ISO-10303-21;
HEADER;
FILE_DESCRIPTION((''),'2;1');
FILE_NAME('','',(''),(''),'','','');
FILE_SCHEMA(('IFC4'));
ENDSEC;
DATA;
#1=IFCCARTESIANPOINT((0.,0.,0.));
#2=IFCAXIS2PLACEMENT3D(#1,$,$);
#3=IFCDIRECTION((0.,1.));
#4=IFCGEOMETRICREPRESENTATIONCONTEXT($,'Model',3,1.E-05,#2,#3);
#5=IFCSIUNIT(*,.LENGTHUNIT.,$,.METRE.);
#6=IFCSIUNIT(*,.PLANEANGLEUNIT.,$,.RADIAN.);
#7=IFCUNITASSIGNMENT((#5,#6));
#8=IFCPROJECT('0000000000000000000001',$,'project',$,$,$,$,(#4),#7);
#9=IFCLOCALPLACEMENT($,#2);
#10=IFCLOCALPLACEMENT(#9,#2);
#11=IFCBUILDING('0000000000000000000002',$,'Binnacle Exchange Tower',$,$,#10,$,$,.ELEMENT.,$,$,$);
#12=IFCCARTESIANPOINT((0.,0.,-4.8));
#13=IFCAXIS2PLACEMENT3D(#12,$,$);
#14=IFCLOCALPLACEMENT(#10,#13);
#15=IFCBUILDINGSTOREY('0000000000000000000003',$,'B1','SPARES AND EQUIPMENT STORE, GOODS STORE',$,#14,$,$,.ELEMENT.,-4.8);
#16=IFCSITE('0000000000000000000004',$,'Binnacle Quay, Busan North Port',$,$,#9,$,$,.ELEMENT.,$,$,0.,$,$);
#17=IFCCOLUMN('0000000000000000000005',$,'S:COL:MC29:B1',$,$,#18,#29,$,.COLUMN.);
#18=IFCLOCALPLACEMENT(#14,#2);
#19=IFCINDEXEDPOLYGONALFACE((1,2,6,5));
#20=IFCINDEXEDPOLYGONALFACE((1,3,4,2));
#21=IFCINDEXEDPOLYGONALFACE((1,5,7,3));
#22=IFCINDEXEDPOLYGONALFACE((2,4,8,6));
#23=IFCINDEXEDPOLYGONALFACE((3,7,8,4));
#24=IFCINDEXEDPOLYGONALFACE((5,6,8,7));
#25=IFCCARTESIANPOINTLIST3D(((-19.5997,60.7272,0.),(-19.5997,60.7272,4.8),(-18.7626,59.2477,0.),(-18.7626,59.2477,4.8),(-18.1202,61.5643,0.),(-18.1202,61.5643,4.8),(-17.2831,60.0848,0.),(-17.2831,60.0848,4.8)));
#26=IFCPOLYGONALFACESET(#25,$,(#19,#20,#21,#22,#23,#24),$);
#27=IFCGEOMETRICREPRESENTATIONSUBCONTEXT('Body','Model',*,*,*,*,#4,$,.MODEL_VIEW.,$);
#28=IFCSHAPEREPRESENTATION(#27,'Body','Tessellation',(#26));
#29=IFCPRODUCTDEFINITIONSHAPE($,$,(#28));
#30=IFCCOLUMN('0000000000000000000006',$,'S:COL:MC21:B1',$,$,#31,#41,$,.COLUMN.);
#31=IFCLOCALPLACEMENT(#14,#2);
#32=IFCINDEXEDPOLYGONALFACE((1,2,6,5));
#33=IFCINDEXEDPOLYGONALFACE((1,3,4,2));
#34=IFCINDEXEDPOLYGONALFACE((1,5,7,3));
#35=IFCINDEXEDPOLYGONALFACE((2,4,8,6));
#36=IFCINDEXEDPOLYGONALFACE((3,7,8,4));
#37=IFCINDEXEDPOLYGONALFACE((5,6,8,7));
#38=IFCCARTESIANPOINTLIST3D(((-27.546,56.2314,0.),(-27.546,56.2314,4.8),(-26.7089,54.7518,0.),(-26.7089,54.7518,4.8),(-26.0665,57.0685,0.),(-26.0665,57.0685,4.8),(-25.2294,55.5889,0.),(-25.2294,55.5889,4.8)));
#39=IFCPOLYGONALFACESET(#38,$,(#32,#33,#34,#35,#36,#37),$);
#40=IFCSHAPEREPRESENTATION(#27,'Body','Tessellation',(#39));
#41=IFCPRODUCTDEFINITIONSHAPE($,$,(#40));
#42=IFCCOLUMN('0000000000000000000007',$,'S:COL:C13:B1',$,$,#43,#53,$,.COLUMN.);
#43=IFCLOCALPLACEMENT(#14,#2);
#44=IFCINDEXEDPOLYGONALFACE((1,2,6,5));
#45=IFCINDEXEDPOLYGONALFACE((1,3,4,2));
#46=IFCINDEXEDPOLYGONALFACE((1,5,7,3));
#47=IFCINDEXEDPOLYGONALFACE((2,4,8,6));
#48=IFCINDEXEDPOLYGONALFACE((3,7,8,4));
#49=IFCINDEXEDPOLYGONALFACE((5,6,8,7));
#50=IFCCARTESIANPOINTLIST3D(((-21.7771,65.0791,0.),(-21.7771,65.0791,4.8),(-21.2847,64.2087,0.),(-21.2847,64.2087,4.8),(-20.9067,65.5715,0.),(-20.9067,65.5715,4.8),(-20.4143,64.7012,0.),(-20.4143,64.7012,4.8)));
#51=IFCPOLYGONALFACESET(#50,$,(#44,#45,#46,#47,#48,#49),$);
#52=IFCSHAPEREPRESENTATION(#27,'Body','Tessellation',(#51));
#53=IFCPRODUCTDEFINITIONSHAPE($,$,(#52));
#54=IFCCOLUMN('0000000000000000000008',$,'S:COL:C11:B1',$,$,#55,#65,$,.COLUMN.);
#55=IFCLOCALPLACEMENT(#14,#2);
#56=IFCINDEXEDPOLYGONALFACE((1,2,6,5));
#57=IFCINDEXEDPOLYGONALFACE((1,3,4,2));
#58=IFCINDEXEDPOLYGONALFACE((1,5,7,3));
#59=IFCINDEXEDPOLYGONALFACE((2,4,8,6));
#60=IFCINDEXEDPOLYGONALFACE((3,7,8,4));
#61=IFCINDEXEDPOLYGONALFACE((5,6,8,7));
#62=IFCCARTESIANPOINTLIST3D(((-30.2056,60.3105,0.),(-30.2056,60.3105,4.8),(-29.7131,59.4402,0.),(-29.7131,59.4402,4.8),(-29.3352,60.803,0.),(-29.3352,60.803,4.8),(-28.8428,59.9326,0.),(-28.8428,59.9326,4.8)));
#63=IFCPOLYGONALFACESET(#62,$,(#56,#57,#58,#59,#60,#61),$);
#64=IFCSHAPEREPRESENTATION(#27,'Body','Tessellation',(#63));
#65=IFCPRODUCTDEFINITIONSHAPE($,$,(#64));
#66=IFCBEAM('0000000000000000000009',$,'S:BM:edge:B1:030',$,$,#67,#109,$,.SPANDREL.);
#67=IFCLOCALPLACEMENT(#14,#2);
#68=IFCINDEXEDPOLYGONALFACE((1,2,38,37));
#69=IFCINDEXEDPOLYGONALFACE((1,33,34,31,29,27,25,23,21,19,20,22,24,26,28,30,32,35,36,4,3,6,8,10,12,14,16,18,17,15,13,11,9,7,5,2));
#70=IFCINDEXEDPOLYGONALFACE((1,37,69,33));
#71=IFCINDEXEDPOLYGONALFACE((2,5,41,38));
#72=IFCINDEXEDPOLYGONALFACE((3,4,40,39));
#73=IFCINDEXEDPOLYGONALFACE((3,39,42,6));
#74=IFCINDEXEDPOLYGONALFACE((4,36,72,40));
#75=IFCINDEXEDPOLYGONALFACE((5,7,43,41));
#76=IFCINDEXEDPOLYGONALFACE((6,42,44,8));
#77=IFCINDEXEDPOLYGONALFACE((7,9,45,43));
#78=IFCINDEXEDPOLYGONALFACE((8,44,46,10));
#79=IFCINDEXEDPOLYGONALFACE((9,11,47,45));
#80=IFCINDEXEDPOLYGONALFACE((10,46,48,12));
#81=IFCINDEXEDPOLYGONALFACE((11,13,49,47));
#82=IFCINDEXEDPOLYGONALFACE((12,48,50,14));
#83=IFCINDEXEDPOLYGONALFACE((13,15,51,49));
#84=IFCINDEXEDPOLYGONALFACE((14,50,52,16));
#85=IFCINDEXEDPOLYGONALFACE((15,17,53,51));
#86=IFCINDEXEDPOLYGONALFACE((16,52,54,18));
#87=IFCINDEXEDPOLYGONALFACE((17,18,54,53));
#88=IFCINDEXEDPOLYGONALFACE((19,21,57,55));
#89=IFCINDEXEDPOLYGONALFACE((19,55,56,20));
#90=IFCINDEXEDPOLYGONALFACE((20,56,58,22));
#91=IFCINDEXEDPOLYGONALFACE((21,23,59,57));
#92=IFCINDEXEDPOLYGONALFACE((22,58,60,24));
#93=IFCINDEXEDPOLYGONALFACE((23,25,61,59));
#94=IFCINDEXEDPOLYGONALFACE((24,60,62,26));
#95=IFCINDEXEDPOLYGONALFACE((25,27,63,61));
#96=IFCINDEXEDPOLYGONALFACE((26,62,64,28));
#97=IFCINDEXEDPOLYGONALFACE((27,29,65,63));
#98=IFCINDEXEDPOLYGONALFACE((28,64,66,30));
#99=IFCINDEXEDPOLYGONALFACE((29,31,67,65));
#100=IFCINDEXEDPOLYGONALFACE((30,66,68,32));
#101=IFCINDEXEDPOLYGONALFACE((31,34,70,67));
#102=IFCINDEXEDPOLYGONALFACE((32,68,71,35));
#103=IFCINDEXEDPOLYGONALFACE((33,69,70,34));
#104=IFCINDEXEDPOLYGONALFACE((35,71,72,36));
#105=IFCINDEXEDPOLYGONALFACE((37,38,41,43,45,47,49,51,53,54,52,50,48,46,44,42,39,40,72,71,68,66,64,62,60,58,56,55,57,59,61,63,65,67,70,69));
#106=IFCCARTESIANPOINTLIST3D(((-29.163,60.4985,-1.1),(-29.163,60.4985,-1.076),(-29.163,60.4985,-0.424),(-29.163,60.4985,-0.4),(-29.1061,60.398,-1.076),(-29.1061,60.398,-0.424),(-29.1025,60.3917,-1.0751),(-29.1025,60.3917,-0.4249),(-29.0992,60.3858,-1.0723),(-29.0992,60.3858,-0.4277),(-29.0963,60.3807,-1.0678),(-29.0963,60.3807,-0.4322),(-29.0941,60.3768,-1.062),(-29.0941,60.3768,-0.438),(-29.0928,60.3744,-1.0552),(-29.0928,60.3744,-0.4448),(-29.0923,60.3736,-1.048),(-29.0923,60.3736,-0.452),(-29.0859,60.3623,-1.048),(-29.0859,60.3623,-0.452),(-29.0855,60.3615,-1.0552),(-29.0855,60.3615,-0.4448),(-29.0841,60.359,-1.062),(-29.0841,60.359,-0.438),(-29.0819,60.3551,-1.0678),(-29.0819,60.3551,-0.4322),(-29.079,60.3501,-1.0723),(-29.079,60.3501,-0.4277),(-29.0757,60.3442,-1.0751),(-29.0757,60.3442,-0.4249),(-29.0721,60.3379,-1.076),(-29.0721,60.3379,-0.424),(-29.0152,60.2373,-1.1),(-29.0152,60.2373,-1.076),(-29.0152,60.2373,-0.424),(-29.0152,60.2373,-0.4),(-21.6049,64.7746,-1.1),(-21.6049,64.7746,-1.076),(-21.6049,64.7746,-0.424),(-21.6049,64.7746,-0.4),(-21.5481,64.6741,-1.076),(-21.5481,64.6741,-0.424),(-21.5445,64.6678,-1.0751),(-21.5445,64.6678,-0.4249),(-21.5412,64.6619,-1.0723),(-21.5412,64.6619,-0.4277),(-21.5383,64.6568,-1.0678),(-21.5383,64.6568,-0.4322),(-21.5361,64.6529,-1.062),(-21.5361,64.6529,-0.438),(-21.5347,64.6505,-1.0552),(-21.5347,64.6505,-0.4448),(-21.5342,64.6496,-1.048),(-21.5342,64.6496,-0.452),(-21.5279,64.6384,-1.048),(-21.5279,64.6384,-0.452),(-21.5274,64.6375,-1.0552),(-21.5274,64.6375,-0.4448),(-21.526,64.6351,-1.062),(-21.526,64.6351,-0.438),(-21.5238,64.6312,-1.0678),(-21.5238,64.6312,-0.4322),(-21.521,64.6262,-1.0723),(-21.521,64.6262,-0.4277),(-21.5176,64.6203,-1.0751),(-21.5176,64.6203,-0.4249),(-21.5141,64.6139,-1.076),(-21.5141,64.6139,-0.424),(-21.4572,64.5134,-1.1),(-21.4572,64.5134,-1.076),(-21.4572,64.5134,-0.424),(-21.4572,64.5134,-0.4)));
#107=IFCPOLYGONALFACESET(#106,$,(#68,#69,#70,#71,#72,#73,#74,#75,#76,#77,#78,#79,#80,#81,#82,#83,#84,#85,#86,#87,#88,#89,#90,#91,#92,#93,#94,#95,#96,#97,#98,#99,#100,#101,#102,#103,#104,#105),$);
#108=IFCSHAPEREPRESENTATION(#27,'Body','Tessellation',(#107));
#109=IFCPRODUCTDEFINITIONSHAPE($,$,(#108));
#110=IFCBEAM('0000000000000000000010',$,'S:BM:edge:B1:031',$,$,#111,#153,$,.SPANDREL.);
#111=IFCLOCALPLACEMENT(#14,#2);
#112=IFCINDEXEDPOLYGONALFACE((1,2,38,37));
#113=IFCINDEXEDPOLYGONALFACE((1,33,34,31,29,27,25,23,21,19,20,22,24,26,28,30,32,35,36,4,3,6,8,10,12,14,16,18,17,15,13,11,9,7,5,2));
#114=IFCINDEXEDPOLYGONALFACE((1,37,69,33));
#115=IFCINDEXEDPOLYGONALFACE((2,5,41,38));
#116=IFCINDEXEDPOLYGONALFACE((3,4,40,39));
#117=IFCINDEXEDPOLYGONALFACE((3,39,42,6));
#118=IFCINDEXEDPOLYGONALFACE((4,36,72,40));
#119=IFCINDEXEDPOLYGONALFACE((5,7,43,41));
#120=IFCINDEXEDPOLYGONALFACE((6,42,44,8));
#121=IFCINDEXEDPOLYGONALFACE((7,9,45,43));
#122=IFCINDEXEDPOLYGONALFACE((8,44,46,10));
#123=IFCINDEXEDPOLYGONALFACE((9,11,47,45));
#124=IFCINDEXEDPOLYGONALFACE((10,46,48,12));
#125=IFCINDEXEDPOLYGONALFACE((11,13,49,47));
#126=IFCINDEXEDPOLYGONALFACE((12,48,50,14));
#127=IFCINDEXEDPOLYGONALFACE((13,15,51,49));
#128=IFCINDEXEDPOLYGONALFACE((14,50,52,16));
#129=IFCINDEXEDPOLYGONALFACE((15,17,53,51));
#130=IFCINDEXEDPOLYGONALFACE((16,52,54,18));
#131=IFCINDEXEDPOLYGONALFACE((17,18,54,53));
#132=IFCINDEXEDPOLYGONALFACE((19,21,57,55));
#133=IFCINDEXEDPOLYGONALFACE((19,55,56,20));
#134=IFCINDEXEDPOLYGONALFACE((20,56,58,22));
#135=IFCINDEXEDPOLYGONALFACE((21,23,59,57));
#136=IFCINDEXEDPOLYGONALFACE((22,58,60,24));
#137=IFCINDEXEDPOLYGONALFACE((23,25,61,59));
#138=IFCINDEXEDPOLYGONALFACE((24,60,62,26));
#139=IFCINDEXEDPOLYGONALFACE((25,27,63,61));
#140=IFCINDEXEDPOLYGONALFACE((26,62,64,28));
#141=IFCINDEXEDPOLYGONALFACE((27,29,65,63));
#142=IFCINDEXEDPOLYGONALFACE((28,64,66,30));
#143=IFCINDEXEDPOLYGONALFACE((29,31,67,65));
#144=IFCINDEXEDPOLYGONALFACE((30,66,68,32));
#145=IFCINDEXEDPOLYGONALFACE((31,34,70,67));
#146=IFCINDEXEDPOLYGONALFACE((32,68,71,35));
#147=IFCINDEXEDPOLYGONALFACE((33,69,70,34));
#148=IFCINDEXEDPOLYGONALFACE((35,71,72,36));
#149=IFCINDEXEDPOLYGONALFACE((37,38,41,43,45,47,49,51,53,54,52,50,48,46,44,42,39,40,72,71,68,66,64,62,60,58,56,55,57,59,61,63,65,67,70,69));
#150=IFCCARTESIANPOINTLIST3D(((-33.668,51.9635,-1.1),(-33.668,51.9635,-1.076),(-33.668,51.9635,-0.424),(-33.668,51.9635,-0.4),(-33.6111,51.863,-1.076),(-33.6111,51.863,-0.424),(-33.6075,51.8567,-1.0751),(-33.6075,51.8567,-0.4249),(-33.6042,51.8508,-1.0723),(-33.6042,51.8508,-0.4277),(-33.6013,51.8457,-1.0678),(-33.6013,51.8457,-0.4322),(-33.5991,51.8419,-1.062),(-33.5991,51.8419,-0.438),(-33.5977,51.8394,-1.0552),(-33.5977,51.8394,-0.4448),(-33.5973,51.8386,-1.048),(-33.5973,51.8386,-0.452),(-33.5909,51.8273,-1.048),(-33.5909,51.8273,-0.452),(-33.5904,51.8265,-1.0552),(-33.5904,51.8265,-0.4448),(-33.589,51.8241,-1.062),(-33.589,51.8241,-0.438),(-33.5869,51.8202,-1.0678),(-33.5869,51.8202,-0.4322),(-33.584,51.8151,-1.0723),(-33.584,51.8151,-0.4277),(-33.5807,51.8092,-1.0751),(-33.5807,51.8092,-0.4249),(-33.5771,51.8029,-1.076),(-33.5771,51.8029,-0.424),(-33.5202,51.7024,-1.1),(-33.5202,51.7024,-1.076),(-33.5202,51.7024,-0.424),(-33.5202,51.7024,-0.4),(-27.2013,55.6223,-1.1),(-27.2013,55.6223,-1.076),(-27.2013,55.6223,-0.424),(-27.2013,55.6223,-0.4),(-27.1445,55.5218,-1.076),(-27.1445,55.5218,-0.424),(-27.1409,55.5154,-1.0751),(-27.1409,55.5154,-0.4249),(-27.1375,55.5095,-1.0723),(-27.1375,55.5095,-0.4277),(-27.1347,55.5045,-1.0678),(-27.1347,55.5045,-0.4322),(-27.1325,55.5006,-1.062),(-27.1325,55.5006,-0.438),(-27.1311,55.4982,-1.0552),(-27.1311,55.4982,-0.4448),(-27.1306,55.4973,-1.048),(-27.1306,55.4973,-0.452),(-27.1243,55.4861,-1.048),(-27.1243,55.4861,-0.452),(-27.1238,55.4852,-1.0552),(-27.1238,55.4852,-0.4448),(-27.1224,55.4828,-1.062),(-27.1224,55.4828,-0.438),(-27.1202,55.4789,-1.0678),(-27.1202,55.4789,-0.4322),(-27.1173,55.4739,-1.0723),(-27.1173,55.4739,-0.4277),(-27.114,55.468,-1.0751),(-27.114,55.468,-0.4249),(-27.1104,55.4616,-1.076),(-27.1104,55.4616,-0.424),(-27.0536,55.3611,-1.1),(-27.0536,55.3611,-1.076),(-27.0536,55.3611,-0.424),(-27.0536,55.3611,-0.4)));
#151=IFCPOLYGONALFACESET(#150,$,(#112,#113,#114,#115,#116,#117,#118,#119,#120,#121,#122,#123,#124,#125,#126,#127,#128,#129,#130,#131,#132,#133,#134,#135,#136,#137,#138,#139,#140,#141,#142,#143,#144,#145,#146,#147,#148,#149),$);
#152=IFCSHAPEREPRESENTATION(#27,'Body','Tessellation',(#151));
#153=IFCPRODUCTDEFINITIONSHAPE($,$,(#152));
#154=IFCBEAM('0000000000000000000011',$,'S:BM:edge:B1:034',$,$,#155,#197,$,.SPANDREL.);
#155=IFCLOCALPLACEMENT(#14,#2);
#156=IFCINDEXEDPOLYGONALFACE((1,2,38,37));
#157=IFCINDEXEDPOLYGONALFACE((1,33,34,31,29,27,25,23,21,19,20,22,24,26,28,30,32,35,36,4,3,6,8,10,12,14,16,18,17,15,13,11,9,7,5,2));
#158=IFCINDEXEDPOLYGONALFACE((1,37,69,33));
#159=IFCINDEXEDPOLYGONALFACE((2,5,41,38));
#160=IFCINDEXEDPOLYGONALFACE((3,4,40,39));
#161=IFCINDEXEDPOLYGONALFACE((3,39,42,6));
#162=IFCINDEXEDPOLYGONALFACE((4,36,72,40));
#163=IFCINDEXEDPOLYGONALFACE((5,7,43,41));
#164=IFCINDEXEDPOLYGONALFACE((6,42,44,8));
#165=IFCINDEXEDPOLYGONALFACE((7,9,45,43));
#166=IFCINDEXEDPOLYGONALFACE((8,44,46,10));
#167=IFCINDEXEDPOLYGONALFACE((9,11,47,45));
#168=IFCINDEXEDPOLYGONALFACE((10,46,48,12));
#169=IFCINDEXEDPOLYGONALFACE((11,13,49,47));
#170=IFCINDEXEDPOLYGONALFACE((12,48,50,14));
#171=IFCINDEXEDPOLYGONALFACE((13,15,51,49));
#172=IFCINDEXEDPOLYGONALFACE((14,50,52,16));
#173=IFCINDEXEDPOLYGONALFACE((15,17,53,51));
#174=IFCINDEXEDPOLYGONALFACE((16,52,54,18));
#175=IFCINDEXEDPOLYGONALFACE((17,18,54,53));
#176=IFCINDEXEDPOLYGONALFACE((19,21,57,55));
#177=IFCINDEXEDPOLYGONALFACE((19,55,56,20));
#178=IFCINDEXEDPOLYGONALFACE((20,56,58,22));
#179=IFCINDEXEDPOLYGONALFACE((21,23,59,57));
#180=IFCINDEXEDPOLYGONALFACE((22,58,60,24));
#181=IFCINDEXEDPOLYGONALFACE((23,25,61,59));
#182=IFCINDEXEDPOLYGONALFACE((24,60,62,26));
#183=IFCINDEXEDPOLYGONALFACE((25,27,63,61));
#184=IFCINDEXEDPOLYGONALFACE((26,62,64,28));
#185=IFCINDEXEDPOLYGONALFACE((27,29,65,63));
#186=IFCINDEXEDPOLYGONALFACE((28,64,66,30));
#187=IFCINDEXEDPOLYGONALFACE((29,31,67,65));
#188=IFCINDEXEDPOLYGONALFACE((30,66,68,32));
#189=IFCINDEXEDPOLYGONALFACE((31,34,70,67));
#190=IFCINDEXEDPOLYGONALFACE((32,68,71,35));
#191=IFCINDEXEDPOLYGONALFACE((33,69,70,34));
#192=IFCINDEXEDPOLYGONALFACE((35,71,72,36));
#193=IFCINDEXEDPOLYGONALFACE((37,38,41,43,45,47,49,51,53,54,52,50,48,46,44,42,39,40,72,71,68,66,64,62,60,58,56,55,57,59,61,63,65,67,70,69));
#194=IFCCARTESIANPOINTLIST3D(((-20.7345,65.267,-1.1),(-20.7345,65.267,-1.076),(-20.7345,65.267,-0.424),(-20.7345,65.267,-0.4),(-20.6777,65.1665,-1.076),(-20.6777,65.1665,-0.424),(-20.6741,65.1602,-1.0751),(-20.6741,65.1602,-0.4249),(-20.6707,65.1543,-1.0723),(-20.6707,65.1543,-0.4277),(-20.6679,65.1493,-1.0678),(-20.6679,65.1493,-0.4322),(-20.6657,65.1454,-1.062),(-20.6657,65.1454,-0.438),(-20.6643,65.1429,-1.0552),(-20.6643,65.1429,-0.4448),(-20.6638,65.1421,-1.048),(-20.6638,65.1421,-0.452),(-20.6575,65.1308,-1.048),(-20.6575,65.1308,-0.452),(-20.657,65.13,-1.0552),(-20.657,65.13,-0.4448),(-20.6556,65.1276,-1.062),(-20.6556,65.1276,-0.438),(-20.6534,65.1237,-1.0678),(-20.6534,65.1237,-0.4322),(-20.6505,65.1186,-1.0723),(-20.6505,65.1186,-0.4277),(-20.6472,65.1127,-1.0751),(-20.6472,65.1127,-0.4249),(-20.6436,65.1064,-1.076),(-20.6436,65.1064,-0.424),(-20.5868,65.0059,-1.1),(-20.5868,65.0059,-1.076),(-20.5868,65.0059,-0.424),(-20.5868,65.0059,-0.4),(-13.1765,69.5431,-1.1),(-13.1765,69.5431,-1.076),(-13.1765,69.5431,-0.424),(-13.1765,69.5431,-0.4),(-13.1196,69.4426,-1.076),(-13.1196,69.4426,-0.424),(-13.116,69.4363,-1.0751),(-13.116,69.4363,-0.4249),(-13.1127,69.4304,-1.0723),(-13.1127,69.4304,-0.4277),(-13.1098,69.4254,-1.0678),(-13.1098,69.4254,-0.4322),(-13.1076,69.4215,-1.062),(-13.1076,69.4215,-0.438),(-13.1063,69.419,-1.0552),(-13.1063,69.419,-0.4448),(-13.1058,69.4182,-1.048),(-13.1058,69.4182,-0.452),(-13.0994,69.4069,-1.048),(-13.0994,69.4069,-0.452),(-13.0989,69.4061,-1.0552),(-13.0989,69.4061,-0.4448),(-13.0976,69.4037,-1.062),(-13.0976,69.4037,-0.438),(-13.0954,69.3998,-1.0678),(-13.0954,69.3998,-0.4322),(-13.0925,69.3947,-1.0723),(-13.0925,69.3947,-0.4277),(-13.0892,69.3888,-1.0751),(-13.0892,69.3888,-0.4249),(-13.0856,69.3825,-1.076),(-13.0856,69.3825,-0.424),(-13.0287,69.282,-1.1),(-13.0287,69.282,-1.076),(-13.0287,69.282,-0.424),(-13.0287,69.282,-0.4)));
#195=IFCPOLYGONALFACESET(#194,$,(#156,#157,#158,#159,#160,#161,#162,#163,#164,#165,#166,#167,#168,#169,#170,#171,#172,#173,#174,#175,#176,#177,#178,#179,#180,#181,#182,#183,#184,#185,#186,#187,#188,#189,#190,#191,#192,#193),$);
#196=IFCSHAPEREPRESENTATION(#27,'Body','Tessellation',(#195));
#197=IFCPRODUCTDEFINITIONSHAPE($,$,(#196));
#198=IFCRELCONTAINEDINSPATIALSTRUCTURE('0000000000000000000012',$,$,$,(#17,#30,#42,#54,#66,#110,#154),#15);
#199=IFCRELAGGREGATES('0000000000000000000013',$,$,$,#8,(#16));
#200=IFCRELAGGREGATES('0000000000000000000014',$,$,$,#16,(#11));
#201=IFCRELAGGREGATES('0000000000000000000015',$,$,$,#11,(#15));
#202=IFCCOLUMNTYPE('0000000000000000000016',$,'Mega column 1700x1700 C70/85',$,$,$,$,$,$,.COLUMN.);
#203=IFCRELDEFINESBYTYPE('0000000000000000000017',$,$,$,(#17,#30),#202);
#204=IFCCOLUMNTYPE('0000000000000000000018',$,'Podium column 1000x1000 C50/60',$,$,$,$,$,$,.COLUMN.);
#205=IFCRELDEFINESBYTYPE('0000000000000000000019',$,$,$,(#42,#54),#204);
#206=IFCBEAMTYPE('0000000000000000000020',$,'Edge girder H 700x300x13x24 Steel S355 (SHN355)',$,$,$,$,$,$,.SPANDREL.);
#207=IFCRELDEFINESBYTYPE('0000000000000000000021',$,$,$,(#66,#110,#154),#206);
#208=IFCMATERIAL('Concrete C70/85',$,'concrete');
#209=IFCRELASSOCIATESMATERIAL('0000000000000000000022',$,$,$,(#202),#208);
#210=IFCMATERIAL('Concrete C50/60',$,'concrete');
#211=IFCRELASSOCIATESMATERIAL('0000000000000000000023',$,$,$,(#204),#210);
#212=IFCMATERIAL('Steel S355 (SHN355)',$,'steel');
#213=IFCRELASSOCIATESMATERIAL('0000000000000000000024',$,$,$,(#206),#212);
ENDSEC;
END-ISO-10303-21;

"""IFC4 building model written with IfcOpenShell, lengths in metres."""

from ifc_helpers import new_model, si_unit, direction, frame, origin, origin_2d, place, context, subcontext, project, spatial, rectangle, i_section, extrude, material, material_profile, profile_set, type_object, element, save


model = new_model("IFC4")

# Units and contexts
model_context = context("Model", 3, precision=1e-05, world=origin(), true_north=direction((0.0, 1.0)))
body_context = subcontext(model_context, "Body", "Model", "MODEL_VIEW")
ifc_project = project(units=[si_unit("LENGTHUNIT", "METRE"), si_unit("PLANEANGLEUNIT", "RADIAN")], contexts=[model_context])

# Site, building, storey
site_placement = place(None, origin())
site = spatial("IfcSite", under=ifc_project, at=site_placement, Name="Binnacle Quay, Busan North Port", CompositionType="ELEMENT", RefElevation=0.0)
building_placement = place(site_placement, origin())
building = spatial("IfcBuilding", under=site, at=building_placement, Name="Binnacle Exchange Tower", CompositionType="ELEMENT")
storey_placement = place(building_placement, frame((0.0, 0.0, -4.8)))
storey = spatial("IfcBuildingStorey", under=building, at=storey_placement, Name="B1", Description="SPARES AND EQUIPMENT STORE, GOODS STORE", CompositionType="ELEMENT", Elevation=-4.8)

# Columns
ifc_material_1 = material(Name="Concrete C70/85", Category="concrete")
ifc_material_profile_1 = material_profile(ifc_material_1, rectangle(XDim=1.7, YDim=1.7, at=origin_2d()), Name="Mega column 1700x1700 C70/85")
ifc_profile_set_1 = profile_set([ifc_material_profile_1], Name="Concrete C70/85")
column_type_1 = type_object("IfcColumnType", Name="Mega column 1700x1700 C70/85", PredefinedType="COLUMN", material=ifc_profile_set_1)
for number, where, z_axis, x_axis, name in (
    (1, (-18.4414, 60.406, 0.0), (0.0, 0.0, 1.0), (-0.870356, -0.492424, 0.0), "S:COL:MC29:B1"),
    (2, (-26.3877, 55.9102, 0.0), (0.0, 0.0, 1.0), (-0.870356, -0.492424, 0.0), "S:COL:MC21:B1"),
):
    element("IfcColumn", number, at=place(storey_placement, frame(where, z_axis=z_axis, x_axis=x_axis)), inside=storey, type_object=column_type_1, Name=name, PredefinedType="COLUMN", context=body_context, shape_type="SweptSolid", body=[
        extrude(rectangle(XDim=1.7, YDim=1.7, at=origin_2d()), origin(), (0.0, 0.0, 1.0), 4.8),
    ])
ifc_material_2 = material(Name="Concrete C50/60", Category="concrete")
ifc_material_profile_2 = material_profile(ifc_material_2, rectangle(XDim=1.0, YDim=1.0, at=origin_2d()), Name="Podium column 1000x1000 C50/60")
ifc_profile_set_2 = profile_set([ifc_material_profile_2], Name="Concrete C50/60")
column_type_2 = type_object("IfcColumnType", Name="Podium column 1000x1000 C50/60", PredefinedType="COLUMN", material=ifc_profile_set_2)
for number, where, z_axis, x_axis, name in (
    (3, (-21.0957, 64.8901, 0.0), (0.0, 0.0, 1.0), (-0.870356, -0.492424, 0.0), "S:COL:C13:B1"),
    (4, (-29.5242, 60.1216, 0.0), (0.0, 0.0, 1.0), (-0.870356, -0.492424, 0.0), "S:COL:C11:B1"),
):
    element("IfcColumn", number, at=place(storey_placement, frame(where, z_axis=z_axis, x_axis=x_axis)), inside=storey, type_object=column_type_2, Name=name, PredefinedType="COLUMN", context=body_context, shape_type="SweptSolid", body=[
        extrude(rectangle(XDim=1.0, YDim=1.0, at=origin_2d()), origin(), (0.0, 0.0, 1.0), 4.8),
    ])

# Beams
ifc_material_3 = material(Name="Steel S355 (SHN355)", Category="steel")
ifc_material_profile_3 = material_profile(ifc_material_3, i_section(OverallWidth=0.3, OverallDepth=0.7, WebThickness=0.0129, FlangeThickness=0.0239, FilletRadius=0.0281, at=origin_2d()), Name="H 700x300x13x24")
ifc_profile_set_3 = profile_set([ifc_material_profile_3], Name="Steel S355 (SHN355)")
beam_type_1 = type_object("IfcBeamType", Name="Edge girder H 700x300x13x24 Steel S355 (SHN355)", PredefinedType="SPANDREL", material=ifc_profile_set_3)
beam_1_placement = place(storey_placement, frame((-29.0891, 60.3679, -0.75), z_axis=(0.870358, 0.492419, 0.0), x_axis=(-0.492419, 0.870358, 0.0)))
element("IfcBeam", 5, at=beam_1_placement, inside=storey, type_object=beam_type_1, Name="S:BM:edge:B1:030", PredefinedType="SPANDREL", context=body_context, shape_type="SweptSolid", body=[
    extrude(i_section(OverallWidth=0.3, OverallDepth=0.7, WebThickness=0.0129, FlangeThickness=0.0239, FilletRadius=0.0281, at=origin_2d()), origin(), (0.0, 0.0, 1.0), 8.6838),
])
beam_2_placement = place(storey_placement, frame((-27.1274, 55.4917, -0.75), z_axis=(-0.87035, -0.492433, 0.0), x_axis=(0.492433, -0.87035, 0.0)))
element("IfcBeam", 6, at=beam_2_placement, inside=storey, type_object=beam_type_1, Name="S:BM:edge:B1:031", PredefinedType="SPANDREL", context=body_context, shape_type="SweptSolid", body=[
    extrude(i_section(OverallWidth=0.3, OverallDepth=0.7, WebThickness=0.0129, FlangeThickness=0.0239, FilletRadius=0.0281, at=origin_2d()), origin(), (0.0, 0.0, 1.0), 7.4299),
])
beam_3_placement = place(storey_placement, frame((-20.6606, 65.1365, -0.75), z_axis=(0.870358, 0.492419, 0.0), x_axis=(-0.492419, 0.870358, 0.0)))
element("IfcBeam", 7, at=beam_3_placement, inside=storey, type_object=beam_type_1, Name="S:BM:edge:B1:034", PredefinedType="SPANDREL", context=body_context, shape_type="SweptSolid", body=[
    extrude(i_section(OverallWidth=0.3, OverallDepth=0.7, WebThickness=0.0129, FlangeThickness=0.0239, FilletRadius=0.0281, at=origin_2d()), origin(), (0.0, 0.0, 1.0), 8.6838),
])

save(model, "model.ifc")
